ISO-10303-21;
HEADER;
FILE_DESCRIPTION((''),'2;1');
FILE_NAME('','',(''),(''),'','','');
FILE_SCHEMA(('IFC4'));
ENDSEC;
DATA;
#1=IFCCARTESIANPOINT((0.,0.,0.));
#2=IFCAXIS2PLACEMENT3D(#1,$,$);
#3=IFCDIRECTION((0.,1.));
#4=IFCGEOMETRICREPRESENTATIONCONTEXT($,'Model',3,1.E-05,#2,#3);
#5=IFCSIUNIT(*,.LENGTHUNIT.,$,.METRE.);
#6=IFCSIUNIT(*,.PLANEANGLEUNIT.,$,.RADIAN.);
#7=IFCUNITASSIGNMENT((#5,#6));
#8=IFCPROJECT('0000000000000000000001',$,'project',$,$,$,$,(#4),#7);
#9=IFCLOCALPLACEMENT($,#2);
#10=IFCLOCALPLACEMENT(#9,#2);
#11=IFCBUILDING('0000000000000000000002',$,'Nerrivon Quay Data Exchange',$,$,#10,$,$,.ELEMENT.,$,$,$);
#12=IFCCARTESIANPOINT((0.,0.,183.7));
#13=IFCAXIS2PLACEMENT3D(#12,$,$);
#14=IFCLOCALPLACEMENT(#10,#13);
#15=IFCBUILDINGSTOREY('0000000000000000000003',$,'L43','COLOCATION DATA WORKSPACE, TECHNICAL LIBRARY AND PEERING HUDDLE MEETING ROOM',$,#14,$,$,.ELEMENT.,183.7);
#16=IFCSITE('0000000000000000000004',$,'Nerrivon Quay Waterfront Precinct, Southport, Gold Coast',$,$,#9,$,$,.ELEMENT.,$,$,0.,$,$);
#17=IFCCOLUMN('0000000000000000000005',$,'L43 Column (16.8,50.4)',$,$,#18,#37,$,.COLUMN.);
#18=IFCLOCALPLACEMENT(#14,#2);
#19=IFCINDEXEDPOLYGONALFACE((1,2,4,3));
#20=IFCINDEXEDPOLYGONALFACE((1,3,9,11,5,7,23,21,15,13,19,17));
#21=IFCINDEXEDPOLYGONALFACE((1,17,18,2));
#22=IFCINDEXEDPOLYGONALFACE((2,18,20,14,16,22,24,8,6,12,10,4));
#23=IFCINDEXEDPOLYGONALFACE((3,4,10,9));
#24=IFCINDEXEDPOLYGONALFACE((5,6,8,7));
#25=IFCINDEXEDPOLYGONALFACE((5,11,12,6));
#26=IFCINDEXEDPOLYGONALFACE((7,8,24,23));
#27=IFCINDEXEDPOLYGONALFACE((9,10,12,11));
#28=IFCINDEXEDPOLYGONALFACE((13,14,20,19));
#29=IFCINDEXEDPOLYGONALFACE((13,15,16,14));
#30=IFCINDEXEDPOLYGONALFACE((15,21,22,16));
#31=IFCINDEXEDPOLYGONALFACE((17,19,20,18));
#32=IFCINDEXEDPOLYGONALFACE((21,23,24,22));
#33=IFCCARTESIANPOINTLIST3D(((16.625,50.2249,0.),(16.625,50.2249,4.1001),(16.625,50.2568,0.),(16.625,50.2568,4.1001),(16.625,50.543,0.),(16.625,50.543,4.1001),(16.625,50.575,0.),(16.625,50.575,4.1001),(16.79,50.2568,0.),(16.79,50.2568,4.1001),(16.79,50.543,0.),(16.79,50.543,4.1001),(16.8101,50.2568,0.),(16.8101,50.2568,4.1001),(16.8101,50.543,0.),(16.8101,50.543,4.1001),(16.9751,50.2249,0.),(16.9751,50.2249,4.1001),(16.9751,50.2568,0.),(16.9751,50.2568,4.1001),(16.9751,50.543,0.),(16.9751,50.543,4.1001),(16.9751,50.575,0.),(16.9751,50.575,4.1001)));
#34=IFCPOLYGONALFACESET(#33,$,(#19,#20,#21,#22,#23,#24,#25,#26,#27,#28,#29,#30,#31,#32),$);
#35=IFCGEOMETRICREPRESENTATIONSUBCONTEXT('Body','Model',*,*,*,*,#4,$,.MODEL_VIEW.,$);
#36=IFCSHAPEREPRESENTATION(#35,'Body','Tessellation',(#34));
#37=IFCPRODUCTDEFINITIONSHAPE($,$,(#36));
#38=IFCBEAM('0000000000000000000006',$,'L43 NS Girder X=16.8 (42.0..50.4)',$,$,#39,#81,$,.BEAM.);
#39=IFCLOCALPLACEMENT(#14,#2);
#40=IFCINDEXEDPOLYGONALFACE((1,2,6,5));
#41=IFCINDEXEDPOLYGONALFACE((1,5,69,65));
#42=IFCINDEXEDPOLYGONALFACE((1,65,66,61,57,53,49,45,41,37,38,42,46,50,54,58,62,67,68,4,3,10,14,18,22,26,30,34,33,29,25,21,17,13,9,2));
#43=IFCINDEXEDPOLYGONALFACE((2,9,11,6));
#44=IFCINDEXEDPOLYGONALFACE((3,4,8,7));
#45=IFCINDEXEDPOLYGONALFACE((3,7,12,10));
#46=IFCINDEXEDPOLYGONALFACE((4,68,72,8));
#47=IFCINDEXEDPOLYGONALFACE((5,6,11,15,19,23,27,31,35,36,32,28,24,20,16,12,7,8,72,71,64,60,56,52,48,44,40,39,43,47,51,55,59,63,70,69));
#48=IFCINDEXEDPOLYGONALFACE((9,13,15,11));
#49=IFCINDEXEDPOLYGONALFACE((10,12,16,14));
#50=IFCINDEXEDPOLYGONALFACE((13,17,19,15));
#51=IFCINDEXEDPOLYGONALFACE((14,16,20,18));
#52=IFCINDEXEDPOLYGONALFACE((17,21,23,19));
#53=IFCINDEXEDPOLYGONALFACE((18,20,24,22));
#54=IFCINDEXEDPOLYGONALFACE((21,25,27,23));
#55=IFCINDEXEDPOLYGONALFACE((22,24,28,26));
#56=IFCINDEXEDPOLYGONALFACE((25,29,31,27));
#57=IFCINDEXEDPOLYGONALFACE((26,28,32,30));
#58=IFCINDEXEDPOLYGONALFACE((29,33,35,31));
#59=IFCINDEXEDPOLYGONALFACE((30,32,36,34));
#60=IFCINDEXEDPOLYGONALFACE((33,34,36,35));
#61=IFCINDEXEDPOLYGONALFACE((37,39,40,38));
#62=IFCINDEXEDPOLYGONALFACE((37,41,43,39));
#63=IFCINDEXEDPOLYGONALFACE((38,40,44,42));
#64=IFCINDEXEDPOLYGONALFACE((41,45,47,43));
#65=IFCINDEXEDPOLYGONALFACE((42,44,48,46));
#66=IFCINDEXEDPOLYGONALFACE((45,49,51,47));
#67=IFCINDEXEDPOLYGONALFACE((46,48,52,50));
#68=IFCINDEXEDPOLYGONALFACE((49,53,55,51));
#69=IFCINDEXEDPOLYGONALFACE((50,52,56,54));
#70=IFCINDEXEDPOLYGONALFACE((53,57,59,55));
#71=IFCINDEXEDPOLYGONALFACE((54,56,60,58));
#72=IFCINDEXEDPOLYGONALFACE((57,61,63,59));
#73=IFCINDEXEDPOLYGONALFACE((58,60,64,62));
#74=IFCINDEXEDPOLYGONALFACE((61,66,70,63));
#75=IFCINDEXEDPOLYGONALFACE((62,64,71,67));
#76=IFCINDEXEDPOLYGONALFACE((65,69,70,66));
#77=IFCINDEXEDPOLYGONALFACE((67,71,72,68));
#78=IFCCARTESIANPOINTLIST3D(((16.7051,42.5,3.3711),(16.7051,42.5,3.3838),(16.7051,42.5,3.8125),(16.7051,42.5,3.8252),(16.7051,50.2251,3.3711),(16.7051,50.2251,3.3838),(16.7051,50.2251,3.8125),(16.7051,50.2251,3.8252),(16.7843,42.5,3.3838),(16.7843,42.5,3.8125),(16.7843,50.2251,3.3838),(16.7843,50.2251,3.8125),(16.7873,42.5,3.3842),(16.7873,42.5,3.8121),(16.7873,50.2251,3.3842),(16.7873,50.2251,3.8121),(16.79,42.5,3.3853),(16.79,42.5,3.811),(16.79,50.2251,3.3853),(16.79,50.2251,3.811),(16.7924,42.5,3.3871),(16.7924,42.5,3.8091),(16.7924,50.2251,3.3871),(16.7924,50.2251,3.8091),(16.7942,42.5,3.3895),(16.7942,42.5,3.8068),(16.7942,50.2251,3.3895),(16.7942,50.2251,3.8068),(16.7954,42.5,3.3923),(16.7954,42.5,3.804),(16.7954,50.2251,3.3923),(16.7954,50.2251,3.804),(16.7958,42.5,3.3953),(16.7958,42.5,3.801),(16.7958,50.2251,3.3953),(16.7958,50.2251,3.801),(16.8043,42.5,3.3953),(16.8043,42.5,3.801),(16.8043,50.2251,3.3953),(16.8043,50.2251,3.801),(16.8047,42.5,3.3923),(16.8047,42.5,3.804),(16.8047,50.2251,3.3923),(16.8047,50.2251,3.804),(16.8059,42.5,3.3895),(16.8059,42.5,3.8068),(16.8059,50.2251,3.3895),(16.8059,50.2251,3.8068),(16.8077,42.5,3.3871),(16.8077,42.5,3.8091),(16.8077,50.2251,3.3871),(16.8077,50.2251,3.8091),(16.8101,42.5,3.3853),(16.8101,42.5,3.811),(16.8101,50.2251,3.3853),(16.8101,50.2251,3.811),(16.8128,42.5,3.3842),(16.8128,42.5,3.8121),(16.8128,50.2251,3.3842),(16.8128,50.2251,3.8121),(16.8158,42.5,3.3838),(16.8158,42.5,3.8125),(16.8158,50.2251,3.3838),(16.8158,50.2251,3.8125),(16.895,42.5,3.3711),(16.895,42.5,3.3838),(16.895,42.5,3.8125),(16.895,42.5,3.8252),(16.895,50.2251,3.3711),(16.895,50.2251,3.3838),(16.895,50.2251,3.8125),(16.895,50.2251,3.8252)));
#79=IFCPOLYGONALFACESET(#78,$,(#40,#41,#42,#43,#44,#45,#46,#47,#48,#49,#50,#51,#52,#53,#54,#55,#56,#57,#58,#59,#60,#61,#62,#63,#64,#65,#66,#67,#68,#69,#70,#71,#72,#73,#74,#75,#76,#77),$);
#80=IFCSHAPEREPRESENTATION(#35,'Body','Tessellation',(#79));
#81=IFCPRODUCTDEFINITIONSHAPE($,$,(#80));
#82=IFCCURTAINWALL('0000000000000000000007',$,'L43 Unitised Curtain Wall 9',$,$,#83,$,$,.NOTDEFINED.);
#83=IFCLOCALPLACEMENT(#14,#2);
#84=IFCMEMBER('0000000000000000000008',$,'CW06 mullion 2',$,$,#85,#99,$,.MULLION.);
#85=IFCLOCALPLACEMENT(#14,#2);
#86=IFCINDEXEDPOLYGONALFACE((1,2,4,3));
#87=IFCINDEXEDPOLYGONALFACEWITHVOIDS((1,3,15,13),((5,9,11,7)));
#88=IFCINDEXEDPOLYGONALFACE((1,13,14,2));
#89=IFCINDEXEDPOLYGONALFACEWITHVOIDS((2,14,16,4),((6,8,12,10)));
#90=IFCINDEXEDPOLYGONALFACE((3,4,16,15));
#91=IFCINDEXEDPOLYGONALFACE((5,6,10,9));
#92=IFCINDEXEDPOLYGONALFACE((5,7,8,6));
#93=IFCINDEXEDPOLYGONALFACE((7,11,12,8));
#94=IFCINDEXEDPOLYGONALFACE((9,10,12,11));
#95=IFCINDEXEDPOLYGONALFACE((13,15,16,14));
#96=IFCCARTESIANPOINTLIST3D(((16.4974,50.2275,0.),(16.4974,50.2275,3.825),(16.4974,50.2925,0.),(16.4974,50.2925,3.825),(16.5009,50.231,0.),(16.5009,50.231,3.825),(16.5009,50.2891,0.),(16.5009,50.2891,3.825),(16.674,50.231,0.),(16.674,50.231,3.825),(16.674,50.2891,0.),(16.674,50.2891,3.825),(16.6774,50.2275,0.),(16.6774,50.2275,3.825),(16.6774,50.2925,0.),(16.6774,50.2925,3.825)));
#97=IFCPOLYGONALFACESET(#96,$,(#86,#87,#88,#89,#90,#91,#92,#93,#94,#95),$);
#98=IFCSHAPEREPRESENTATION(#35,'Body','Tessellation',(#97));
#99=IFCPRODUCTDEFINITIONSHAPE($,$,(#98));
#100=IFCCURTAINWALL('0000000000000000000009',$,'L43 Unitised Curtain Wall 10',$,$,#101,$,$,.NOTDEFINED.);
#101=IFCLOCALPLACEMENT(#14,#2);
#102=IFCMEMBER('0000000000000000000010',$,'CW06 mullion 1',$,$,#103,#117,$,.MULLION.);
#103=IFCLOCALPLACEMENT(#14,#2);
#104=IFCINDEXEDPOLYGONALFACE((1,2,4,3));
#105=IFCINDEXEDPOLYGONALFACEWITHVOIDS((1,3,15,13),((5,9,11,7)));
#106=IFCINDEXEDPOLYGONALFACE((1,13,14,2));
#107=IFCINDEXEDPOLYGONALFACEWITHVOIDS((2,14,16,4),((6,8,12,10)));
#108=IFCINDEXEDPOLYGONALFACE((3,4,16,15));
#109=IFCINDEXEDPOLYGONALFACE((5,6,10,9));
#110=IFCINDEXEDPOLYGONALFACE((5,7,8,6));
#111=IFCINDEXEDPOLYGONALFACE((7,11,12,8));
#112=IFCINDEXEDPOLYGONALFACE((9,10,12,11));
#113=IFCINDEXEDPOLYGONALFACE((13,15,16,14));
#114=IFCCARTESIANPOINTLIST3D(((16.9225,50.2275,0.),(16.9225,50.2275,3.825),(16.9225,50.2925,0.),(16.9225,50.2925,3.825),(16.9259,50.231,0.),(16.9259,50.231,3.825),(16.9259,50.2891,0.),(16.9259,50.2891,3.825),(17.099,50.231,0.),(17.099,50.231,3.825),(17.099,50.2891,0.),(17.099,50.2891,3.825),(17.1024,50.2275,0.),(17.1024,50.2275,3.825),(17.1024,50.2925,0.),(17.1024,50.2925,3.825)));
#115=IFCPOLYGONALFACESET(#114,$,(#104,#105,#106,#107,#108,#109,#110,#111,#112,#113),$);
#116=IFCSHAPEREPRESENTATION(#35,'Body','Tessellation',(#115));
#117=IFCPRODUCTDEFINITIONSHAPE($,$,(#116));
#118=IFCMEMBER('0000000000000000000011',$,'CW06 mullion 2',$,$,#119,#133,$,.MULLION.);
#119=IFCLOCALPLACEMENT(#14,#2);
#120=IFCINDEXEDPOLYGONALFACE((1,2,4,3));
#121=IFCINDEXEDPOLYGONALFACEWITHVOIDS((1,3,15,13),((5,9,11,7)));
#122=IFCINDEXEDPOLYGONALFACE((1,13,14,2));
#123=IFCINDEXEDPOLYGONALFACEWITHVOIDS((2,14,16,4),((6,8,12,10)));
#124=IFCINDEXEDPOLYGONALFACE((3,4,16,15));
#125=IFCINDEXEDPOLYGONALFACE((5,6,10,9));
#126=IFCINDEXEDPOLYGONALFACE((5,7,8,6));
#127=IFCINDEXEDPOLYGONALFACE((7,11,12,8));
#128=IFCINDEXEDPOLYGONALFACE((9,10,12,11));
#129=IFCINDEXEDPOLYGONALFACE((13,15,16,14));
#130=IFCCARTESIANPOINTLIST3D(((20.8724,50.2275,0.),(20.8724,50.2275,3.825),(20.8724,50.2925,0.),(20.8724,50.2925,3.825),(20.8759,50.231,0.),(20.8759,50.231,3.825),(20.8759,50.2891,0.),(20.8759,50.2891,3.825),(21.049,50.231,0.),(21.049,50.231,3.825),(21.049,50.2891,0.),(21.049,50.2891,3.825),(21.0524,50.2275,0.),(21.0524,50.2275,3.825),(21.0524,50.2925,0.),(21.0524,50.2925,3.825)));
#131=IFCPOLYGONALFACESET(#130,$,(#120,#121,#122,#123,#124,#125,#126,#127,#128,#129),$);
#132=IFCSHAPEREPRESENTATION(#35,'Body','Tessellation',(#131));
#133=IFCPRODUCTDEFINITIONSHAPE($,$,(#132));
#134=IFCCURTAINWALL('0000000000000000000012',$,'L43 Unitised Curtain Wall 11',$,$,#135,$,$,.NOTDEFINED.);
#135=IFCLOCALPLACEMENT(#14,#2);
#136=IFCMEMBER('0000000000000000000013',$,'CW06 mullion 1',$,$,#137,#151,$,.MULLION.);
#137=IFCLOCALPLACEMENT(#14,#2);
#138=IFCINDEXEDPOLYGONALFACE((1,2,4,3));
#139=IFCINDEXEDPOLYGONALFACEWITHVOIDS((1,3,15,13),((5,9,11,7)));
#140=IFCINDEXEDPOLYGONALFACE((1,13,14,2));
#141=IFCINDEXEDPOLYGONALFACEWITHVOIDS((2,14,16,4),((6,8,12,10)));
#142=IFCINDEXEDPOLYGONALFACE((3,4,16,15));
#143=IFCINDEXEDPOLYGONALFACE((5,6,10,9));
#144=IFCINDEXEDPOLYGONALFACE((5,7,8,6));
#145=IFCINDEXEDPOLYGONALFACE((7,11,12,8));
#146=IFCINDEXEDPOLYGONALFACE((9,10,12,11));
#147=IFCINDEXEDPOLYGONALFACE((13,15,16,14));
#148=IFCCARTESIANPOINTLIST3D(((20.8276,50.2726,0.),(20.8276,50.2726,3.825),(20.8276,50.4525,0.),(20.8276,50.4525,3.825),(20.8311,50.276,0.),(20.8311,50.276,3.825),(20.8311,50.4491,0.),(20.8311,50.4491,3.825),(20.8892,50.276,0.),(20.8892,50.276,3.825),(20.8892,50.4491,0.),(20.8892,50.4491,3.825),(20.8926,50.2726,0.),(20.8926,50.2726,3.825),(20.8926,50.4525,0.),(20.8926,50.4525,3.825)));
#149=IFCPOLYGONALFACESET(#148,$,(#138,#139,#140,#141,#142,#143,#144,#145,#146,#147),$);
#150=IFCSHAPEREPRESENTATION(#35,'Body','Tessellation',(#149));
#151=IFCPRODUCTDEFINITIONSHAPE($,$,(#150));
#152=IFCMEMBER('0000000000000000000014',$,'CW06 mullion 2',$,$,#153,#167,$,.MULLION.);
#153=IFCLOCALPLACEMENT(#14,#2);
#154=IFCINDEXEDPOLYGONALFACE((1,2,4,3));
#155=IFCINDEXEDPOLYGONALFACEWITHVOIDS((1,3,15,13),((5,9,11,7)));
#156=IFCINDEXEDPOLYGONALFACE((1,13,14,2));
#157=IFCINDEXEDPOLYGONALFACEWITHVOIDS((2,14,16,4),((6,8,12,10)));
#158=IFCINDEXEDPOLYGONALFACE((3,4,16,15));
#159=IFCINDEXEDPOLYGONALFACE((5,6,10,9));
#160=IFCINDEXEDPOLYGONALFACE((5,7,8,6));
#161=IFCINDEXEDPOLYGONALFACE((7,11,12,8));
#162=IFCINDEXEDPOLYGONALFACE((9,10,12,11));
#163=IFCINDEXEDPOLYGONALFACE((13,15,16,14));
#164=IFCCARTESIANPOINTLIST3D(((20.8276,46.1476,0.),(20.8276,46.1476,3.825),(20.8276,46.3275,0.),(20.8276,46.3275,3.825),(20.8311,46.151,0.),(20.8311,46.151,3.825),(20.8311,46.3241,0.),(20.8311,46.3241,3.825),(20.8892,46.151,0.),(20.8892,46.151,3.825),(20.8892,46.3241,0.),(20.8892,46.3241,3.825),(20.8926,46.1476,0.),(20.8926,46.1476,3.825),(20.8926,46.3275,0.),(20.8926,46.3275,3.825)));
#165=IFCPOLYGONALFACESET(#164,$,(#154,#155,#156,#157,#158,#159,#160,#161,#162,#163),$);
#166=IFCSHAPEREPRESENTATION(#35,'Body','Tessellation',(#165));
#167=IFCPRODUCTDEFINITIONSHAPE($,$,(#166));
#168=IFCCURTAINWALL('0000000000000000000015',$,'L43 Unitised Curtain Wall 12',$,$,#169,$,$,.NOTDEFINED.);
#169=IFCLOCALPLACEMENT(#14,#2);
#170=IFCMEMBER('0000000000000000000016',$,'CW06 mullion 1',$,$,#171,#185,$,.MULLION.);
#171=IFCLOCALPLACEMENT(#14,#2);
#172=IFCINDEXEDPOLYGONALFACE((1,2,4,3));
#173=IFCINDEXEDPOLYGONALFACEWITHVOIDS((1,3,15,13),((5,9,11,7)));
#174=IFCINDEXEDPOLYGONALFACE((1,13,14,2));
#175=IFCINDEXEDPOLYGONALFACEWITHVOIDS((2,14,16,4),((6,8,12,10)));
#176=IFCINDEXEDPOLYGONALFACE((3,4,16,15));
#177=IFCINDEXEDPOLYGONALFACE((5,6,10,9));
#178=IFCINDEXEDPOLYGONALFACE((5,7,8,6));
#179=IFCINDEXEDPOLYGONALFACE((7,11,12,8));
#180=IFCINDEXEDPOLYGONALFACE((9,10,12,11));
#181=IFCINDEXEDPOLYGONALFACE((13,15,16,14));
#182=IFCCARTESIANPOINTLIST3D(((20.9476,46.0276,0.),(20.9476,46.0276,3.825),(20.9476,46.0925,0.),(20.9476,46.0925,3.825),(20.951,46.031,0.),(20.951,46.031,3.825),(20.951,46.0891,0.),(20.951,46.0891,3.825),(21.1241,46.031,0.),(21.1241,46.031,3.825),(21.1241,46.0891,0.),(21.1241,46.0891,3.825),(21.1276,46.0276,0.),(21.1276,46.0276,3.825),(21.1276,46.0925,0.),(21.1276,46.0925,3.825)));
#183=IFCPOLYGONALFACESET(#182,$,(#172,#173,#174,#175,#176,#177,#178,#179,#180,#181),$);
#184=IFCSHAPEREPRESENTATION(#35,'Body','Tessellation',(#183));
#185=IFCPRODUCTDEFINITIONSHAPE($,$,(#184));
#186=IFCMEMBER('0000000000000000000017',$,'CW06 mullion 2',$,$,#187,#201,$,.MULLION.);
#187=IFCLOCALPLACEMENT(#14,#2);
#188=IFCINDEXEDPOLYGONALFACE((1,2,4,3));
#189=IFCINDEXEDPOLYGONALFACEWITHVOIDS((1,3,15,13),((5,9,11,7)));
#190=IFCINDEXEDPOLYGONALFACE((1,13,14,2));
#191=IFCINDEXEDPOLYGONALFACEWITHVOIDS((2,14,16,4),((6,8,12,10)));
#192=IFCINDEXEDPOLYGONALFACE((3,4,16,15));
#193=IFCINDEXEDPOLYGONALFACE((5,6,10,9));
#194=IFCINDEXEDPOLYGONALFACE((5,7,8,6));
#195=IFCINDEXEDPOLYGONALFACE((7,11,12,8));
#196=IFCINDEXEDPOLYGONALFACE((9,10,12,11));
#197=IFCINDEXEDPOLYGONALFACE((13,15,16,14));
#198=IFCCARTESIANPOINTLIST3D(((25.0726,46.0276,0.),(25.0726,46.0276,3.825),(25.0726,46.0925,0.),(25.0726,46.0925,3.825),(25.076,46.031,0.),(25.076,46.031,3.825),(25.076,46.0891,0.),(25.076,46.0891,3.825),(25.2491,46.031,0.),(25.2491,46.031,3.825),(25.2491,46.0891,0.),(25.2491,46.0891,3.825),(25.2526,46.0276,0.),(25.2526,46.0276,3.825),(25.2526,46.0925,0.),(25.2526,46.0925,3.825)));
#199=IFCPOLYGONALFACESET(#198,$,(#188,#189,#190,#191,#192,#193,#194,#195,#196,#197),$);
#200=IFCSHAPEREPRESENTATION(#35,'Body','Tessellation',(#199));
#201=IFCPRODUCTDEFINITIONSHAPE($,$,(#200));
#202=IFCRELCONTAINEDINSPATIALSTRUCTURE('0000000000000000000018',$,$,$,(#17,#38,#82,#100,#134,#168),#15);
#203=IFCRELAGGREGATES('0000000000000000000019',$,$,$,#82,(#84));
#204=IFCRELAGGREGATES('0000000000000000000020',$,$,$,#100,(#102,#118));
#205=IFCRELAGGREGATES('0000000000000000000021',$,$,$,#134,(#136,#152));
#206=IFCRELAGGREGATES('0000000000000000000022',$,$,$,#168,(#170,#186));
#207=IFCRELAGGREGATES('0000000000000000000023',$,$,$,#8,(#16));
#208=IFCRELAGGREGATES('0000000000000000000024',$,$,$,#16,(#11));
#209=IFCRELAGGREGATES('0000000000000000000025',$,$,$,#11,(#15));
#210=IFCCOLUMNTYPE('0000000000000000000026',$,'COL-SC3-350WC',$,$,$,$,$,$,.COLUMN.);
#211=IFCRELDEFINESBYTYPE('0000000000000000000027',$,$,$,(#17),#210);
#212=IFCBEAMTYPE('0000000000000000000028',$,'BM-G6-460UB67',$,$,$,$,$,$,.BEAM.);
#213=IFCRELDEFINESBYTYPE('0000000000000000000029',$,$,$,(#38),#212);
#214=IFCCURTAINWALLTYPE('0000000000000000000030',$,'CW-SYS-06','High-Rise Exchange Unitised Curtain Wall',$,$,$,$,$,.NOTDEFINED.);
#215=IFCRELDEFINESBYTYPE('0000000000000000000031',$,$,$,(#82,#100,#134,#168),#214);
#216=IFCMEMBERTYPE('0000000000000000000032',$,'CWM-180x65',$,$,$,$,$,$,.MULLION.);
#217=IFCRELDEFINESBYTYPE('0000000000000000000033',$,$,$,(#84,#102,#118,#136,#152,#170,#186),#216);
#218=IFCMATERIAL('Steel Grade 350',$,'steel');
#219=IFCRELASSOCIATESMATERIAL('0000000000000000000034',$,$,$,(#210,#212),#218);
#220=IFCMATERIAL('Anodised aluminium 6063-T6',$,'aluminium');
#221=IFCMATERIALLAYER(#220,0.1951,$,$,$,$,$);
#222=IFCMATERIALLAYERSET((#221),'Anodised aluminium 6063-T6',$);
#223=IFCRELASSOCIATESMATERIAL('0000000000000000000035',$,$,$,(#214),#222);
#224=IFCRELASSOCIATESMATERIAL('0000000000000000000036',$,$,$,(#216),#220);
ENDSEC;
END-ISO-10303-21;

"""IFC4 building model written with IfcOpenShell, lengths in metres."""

from ifc_helpers import new_model, si_unit, direction, frame, origin, origin_2d, place, context, subcontext, project, spatial, hollow_rectangle, i_section, extrude, material, layer, layer_set, material_profile, profile_set, type_object, element, aggregate, save


model = new_model("IFC4")

# Units and contexts
model_context = context("Model", 3, precision=1e-05, world=origin(), true_north=direction((0.0, 1.0)))
body_context = subcontext(model_context, "Body", "Model", "MODEL_VIEW")
ifc_project = project(units=[si_unit("LENGTHUNIT", "METRE"), si_unit("PLANEANGLEUNIT", "RADIAN")], contexts=[model_context])

# Site, building, storey
site_placement = place(None, origin())
site = spatial("IfcSite", under=ifc_project, at=site_placement, Name="Nerrivon Quay Waterfront Precinct, Southport, Gold Coast", CompositionType="ELEMENT", RefElevation=0.0)
building_placement = place(site_placement, origin())
building = spatial("IfcBuilding", under=site, at=building_placement, Name="Nerrivon Quay Data Exchange", CompositionType="ELEMENT")
storey_placement = place(building_placement, frame((0.0, 0.0, 183.7)))
storey = spatial("IfcBuildingStorey", under=building, at=storey_placement, Name="L43", Description="COLOCATION DATA WORKSPACE, TECHNICAL LIBRARY AND PEERING HUDDLE MEETING ROOM", CompositionType="ELEMENT", Elevation=183.7)

# Column
ifc_material_1 = material(Name="Steel Grade 350", Category="steel")
ifc_material_profile_1 = material_profile(ifc_material_1, i_section(OverallWidth=0.3501, OverallDepth=0.3501, WebThickness=0.02, FlangeThickness=0.032, at=origin_2d()), Name="350WC230")
ifc_profile_set_1 = profile_set([ifc_material_profile_1], Name="Steel Grade 350")
column_type = type_object("IfcColumnType", Name="COL-SC3-350WC", PredefinedType="COLUMN", material=ifc_profile_set_1)
column_placement = place(storey_placement, frame((16.8, 50.3999, 0.0), z_axis=(0.0, 0.0, 1.0), x_axis=(1.0, 0.0, 0.0)))
element("IfcColumn", 1, at=column_placement, inside=storey, type_object=column_type, Name="L43 Column (16.8,50.4)", PredefinedType="COLUMN", context=body_context, shape_type="SweptSolid", body=[
    extrude(i_section(OverallWidth=0.3501, OverallDepth=0.3501, WebThickness=0.02, FlangeThickness=0.032, at=origin_2d()), origin(), (0.0, 0.0, 1.0), 4.1001),
])

# Beam
ifc_material_profile_2 = material_profile(ifc_material_1, i_section(OverallWidth=0.1899, OverallDepth=0.4541, WebThickness=0.0085, FlangeThickness=0.0127, FilletRadius=0.0115, at=origin_2d()), Name="460UB67.1")
ifc_profile_set_2 = profile_set([ifc_material_profile_2], Name="Steel Grade 350")
beam_type = type_object("IfcBeamType", Name="BM-G6-460UB67", PredefinedType="BEAM", material=ifc_profile_set_2)
beam_placement = place(storey_placement, frame((16.8, 42.5, 3.5981), z_axis=(0.0, 1.0, 0.0), x_axis=(-1.0, 0.0, 0.0)))
element("IfcBeam", 2, at=beam_placement, inside=storey, type_object=beam_type, Name="L43 NS Girder X=16.8 (42.0..50.4)", PredefinedType="BEAM", context=body_context, shape_type="SweptSolid", body=[
    extrude(i_section(OverallWidth=0.1899, OverallDepth=0.4541, WebThickness=0.0085, FlangeThickness=0.0127, FilletRadius=0.0115, at=origin_2d()), origin(), (0.0, 0.0, 1.0), 7.7251),
])

# Curtain wall, member
ifc_material_2 = material(Name="Anodised aluminium 6063-T6", Category="aluminium")
ifc_layer_1 = layer(ifc_material_2, 0.1951)
ifc_layer_set_1 = layer_set([ifc_layer_1], Name="Anodised aluminium 6063-T6")
curtain_wall_type = type_object("IfcCurtainWallType", Name="CW-SYS-06", Description="High-Rise Exchange Unitised Curtain Wall", PredefinedType="NOTDEFINED", material=ifc_layer_set_1)
curtain_wall_1_placement = place(storey_placement, origin())
curtain_wall_1 = element("IfcCurtainWall", 3, at=curtain_wall_1_placement, inside=storey, type_object=curtain_wall_type, Name="L43 Unitised Curtain Wall 9", PredefinedType="NOTDEFINED")
ifc_material_profile_3 = material_profile(ifc_material_2, hollow_rectangle(XDim=0.0649, YDim=0.1799, WallThickness=0.0034, at=origin_2d()), Name="ALU-MULL-180x65")
ifc_profile_set_3 = profile_set([ifc_material_profile_3], Name="Anodised aluminium 6063-T6")
member_type_1 = type_object("IfcMemberType", Name="CWM-180x65", PredefinedType="MULLION", material=ifc_profile_set_3)
member_1_placement = place(storey_placement, frame((16.5874, 50.26, 0.0), z_axis=(0.0, 0.0, 1.0), x_axis=(0.0, 1.0, 0.0)))
member_1 = element("IfcMember", 4, at=member_1_placement, type_object=member_type_1, Name="CW06 mullion 2", PredefinedType="MULLION", context=body_context, shape_type="SweptSolid", body=[
    extrude(hollow_rectangle(XDim=0.0649, YDim=0.1799, WallThickness=0.0034, at=origin_2d()), origin(), (0.0, 0.0, 1.0), 3.825),
])
aggregate(curtain_wall_1, [member_1])

# Curtain walls, members
curtain_wall_2_placement = place(storey_placement, origin())
curtain_wall_2 = element("IfcCurtainWall", 5, at=curtain_wall_2_placement, inside=storey, type_object=curtain_wall_type, Name="L43 Unitised Curtain Wall 10", PredefinedType="NOTDEFINED")
member_2_placement = place(storey_placement, frame((17.0125, 50.26, 0.0), z_axis=(0.0, 0.0, 1.0), x_axis=(0.0, 1.0, 0.0)))
member_2 = element("IfcMember", 6, at=member_2_placement, type_object=member_type_1, Name="CW06 mullion 1", PredefinedType="MULLION", context=body_context, shape_type="SweptSolid", body=[
    extrude(hollow_rectangle(XDim=0.0649, YDim=0.1799, WallThickness=0.0034, at=origin_2d()), origin(), (0.0, 0.0, 1.0), 3.825),
])
member_3_placement = place(storey_placement, frame((20.9624, 50.26, 0.0), z_axis=(0.0, 0.0, 1.0), x_axis=(0.0, 1.0, 0.0)))
member_3 = element("IfcMember", 7, at=member_3_placement, type_object=member_type_1, Name="CW06 mullion 2", PredefinedType="MULLION", context=body_context, shape_type="SweptSolid", body=[
    extrude(hollow_rectangle(XDim=0.0649, YDim=0.1799, WallThickness=0.0034, at=origin_2d()), origin(), (0.0, 0.0, 1.0), 3.825),
])
curtain_wall_3_placement = place(storey_placement, origin())
curtain_wall_3 = element("IfcCurtainWall", 8, at=curtain_wall_3_placement, inside=storey, type_object=curtain_wall_type, Name="L43 Unitised Curtain Wall 11", PredefinedType="NOTDEFINED")
member_4_placement = place(storey_placement, frame((20.8601, 50.3625, 0.0), z_axis=(0.0, 0.0, 1.0), x_axis=(1.0, 0.0, 0.0)))
member_4 = element("IfcMember", 9, at=member_4_placement, type_object=member_type_1, Name="CW06 mullion 1", PredefinedType="MULLION", context=body_context, shape_type="SweptSolid", body=[
    extrude(hollow_rectangle(XDim=0.0649, YDim=0.1799, WallThickness=0.0034, at=origin_2d()), origin(), (0.0, 0.0, 1.0), 3.825),
])
member_5_placement = place(storey_placement, frame((20.8601, 46.2375, 0.0), z_axis=(0.0, 0.0, 1.0), x_axis=(1.0, 0.0, 0.0)))
member_5 = element("IfcMember", 10, at=member_5_placement, type_object=member_type_1, Name="CW06 mullion 2", PredefinedType="MULLION", context=body_context, shape_type="SweptSolid", body=[
    extrude(hollow_rectangle(XDim=0.0649, YDim=0.1799, WallThickness=0.0034, at=origin_2d()), origin(), (0.0, 0.0, 1.0), 3.825),
])
curtain_wall_4_placement = place(storey_placement, origin())
curtain_wall_4 = element("IfcCurtainWall", 11, at=curtain_wall_4_placement, inside=storey, type_object=curtain_wall_type, Name="L43 Unitised Curtain Wall 12", PredefinedType="NOTDEFINED")
member_6_placement = place(storey_placement, frame((21.0376, 46.0601, 0.0), z_axis=(0.0, 0.0, 1.0), x_axis=(0.0, 1.0, 0.0)))
member_6 = element("IfcMember", 12, at=member_6_placement, type_object=member_type_1, Name="CW06 mullion 1", PredefinedType="MULLION", context=body_context, shape_type="SweptSolid", body=[
    extrude(hollow_rectangle(XDim=0.0649, YDim=0.1799, WallThickness=0.0034, at=origin_2d()), origin(), (0.0, 0.0, 1.0), 3.825),
])
member_7_placement = place(storey_placement, frame((25.1626, 46.0601, 0.0), z_axis=(0.0, 0.0, 1.0), x_axis=(0.0, 1.0, 0.0)))
member_7 = element("IfcMember", 13, at=member_7_placement, type_object=member_type_1, Name="CW06 mullion 2", PredefinedType="MULLION", context=body_context, shape_type="SweptSolid", body=[
    extrude(hollow_rectangle(XDim=0.0649, YDim=0.1799, WallThickness=0.0034, at=origin_2d()), origin(), (0.0, 0.0, 1.0), 3.825),
])

aggregate(curtain_wall_2, [member_2, member_3])
aggregate(curtain_wall_3, [member_4, member_5])
aggregate(curtain_wall_4, [member_6, member_7])

save(model, "model.ifc")
